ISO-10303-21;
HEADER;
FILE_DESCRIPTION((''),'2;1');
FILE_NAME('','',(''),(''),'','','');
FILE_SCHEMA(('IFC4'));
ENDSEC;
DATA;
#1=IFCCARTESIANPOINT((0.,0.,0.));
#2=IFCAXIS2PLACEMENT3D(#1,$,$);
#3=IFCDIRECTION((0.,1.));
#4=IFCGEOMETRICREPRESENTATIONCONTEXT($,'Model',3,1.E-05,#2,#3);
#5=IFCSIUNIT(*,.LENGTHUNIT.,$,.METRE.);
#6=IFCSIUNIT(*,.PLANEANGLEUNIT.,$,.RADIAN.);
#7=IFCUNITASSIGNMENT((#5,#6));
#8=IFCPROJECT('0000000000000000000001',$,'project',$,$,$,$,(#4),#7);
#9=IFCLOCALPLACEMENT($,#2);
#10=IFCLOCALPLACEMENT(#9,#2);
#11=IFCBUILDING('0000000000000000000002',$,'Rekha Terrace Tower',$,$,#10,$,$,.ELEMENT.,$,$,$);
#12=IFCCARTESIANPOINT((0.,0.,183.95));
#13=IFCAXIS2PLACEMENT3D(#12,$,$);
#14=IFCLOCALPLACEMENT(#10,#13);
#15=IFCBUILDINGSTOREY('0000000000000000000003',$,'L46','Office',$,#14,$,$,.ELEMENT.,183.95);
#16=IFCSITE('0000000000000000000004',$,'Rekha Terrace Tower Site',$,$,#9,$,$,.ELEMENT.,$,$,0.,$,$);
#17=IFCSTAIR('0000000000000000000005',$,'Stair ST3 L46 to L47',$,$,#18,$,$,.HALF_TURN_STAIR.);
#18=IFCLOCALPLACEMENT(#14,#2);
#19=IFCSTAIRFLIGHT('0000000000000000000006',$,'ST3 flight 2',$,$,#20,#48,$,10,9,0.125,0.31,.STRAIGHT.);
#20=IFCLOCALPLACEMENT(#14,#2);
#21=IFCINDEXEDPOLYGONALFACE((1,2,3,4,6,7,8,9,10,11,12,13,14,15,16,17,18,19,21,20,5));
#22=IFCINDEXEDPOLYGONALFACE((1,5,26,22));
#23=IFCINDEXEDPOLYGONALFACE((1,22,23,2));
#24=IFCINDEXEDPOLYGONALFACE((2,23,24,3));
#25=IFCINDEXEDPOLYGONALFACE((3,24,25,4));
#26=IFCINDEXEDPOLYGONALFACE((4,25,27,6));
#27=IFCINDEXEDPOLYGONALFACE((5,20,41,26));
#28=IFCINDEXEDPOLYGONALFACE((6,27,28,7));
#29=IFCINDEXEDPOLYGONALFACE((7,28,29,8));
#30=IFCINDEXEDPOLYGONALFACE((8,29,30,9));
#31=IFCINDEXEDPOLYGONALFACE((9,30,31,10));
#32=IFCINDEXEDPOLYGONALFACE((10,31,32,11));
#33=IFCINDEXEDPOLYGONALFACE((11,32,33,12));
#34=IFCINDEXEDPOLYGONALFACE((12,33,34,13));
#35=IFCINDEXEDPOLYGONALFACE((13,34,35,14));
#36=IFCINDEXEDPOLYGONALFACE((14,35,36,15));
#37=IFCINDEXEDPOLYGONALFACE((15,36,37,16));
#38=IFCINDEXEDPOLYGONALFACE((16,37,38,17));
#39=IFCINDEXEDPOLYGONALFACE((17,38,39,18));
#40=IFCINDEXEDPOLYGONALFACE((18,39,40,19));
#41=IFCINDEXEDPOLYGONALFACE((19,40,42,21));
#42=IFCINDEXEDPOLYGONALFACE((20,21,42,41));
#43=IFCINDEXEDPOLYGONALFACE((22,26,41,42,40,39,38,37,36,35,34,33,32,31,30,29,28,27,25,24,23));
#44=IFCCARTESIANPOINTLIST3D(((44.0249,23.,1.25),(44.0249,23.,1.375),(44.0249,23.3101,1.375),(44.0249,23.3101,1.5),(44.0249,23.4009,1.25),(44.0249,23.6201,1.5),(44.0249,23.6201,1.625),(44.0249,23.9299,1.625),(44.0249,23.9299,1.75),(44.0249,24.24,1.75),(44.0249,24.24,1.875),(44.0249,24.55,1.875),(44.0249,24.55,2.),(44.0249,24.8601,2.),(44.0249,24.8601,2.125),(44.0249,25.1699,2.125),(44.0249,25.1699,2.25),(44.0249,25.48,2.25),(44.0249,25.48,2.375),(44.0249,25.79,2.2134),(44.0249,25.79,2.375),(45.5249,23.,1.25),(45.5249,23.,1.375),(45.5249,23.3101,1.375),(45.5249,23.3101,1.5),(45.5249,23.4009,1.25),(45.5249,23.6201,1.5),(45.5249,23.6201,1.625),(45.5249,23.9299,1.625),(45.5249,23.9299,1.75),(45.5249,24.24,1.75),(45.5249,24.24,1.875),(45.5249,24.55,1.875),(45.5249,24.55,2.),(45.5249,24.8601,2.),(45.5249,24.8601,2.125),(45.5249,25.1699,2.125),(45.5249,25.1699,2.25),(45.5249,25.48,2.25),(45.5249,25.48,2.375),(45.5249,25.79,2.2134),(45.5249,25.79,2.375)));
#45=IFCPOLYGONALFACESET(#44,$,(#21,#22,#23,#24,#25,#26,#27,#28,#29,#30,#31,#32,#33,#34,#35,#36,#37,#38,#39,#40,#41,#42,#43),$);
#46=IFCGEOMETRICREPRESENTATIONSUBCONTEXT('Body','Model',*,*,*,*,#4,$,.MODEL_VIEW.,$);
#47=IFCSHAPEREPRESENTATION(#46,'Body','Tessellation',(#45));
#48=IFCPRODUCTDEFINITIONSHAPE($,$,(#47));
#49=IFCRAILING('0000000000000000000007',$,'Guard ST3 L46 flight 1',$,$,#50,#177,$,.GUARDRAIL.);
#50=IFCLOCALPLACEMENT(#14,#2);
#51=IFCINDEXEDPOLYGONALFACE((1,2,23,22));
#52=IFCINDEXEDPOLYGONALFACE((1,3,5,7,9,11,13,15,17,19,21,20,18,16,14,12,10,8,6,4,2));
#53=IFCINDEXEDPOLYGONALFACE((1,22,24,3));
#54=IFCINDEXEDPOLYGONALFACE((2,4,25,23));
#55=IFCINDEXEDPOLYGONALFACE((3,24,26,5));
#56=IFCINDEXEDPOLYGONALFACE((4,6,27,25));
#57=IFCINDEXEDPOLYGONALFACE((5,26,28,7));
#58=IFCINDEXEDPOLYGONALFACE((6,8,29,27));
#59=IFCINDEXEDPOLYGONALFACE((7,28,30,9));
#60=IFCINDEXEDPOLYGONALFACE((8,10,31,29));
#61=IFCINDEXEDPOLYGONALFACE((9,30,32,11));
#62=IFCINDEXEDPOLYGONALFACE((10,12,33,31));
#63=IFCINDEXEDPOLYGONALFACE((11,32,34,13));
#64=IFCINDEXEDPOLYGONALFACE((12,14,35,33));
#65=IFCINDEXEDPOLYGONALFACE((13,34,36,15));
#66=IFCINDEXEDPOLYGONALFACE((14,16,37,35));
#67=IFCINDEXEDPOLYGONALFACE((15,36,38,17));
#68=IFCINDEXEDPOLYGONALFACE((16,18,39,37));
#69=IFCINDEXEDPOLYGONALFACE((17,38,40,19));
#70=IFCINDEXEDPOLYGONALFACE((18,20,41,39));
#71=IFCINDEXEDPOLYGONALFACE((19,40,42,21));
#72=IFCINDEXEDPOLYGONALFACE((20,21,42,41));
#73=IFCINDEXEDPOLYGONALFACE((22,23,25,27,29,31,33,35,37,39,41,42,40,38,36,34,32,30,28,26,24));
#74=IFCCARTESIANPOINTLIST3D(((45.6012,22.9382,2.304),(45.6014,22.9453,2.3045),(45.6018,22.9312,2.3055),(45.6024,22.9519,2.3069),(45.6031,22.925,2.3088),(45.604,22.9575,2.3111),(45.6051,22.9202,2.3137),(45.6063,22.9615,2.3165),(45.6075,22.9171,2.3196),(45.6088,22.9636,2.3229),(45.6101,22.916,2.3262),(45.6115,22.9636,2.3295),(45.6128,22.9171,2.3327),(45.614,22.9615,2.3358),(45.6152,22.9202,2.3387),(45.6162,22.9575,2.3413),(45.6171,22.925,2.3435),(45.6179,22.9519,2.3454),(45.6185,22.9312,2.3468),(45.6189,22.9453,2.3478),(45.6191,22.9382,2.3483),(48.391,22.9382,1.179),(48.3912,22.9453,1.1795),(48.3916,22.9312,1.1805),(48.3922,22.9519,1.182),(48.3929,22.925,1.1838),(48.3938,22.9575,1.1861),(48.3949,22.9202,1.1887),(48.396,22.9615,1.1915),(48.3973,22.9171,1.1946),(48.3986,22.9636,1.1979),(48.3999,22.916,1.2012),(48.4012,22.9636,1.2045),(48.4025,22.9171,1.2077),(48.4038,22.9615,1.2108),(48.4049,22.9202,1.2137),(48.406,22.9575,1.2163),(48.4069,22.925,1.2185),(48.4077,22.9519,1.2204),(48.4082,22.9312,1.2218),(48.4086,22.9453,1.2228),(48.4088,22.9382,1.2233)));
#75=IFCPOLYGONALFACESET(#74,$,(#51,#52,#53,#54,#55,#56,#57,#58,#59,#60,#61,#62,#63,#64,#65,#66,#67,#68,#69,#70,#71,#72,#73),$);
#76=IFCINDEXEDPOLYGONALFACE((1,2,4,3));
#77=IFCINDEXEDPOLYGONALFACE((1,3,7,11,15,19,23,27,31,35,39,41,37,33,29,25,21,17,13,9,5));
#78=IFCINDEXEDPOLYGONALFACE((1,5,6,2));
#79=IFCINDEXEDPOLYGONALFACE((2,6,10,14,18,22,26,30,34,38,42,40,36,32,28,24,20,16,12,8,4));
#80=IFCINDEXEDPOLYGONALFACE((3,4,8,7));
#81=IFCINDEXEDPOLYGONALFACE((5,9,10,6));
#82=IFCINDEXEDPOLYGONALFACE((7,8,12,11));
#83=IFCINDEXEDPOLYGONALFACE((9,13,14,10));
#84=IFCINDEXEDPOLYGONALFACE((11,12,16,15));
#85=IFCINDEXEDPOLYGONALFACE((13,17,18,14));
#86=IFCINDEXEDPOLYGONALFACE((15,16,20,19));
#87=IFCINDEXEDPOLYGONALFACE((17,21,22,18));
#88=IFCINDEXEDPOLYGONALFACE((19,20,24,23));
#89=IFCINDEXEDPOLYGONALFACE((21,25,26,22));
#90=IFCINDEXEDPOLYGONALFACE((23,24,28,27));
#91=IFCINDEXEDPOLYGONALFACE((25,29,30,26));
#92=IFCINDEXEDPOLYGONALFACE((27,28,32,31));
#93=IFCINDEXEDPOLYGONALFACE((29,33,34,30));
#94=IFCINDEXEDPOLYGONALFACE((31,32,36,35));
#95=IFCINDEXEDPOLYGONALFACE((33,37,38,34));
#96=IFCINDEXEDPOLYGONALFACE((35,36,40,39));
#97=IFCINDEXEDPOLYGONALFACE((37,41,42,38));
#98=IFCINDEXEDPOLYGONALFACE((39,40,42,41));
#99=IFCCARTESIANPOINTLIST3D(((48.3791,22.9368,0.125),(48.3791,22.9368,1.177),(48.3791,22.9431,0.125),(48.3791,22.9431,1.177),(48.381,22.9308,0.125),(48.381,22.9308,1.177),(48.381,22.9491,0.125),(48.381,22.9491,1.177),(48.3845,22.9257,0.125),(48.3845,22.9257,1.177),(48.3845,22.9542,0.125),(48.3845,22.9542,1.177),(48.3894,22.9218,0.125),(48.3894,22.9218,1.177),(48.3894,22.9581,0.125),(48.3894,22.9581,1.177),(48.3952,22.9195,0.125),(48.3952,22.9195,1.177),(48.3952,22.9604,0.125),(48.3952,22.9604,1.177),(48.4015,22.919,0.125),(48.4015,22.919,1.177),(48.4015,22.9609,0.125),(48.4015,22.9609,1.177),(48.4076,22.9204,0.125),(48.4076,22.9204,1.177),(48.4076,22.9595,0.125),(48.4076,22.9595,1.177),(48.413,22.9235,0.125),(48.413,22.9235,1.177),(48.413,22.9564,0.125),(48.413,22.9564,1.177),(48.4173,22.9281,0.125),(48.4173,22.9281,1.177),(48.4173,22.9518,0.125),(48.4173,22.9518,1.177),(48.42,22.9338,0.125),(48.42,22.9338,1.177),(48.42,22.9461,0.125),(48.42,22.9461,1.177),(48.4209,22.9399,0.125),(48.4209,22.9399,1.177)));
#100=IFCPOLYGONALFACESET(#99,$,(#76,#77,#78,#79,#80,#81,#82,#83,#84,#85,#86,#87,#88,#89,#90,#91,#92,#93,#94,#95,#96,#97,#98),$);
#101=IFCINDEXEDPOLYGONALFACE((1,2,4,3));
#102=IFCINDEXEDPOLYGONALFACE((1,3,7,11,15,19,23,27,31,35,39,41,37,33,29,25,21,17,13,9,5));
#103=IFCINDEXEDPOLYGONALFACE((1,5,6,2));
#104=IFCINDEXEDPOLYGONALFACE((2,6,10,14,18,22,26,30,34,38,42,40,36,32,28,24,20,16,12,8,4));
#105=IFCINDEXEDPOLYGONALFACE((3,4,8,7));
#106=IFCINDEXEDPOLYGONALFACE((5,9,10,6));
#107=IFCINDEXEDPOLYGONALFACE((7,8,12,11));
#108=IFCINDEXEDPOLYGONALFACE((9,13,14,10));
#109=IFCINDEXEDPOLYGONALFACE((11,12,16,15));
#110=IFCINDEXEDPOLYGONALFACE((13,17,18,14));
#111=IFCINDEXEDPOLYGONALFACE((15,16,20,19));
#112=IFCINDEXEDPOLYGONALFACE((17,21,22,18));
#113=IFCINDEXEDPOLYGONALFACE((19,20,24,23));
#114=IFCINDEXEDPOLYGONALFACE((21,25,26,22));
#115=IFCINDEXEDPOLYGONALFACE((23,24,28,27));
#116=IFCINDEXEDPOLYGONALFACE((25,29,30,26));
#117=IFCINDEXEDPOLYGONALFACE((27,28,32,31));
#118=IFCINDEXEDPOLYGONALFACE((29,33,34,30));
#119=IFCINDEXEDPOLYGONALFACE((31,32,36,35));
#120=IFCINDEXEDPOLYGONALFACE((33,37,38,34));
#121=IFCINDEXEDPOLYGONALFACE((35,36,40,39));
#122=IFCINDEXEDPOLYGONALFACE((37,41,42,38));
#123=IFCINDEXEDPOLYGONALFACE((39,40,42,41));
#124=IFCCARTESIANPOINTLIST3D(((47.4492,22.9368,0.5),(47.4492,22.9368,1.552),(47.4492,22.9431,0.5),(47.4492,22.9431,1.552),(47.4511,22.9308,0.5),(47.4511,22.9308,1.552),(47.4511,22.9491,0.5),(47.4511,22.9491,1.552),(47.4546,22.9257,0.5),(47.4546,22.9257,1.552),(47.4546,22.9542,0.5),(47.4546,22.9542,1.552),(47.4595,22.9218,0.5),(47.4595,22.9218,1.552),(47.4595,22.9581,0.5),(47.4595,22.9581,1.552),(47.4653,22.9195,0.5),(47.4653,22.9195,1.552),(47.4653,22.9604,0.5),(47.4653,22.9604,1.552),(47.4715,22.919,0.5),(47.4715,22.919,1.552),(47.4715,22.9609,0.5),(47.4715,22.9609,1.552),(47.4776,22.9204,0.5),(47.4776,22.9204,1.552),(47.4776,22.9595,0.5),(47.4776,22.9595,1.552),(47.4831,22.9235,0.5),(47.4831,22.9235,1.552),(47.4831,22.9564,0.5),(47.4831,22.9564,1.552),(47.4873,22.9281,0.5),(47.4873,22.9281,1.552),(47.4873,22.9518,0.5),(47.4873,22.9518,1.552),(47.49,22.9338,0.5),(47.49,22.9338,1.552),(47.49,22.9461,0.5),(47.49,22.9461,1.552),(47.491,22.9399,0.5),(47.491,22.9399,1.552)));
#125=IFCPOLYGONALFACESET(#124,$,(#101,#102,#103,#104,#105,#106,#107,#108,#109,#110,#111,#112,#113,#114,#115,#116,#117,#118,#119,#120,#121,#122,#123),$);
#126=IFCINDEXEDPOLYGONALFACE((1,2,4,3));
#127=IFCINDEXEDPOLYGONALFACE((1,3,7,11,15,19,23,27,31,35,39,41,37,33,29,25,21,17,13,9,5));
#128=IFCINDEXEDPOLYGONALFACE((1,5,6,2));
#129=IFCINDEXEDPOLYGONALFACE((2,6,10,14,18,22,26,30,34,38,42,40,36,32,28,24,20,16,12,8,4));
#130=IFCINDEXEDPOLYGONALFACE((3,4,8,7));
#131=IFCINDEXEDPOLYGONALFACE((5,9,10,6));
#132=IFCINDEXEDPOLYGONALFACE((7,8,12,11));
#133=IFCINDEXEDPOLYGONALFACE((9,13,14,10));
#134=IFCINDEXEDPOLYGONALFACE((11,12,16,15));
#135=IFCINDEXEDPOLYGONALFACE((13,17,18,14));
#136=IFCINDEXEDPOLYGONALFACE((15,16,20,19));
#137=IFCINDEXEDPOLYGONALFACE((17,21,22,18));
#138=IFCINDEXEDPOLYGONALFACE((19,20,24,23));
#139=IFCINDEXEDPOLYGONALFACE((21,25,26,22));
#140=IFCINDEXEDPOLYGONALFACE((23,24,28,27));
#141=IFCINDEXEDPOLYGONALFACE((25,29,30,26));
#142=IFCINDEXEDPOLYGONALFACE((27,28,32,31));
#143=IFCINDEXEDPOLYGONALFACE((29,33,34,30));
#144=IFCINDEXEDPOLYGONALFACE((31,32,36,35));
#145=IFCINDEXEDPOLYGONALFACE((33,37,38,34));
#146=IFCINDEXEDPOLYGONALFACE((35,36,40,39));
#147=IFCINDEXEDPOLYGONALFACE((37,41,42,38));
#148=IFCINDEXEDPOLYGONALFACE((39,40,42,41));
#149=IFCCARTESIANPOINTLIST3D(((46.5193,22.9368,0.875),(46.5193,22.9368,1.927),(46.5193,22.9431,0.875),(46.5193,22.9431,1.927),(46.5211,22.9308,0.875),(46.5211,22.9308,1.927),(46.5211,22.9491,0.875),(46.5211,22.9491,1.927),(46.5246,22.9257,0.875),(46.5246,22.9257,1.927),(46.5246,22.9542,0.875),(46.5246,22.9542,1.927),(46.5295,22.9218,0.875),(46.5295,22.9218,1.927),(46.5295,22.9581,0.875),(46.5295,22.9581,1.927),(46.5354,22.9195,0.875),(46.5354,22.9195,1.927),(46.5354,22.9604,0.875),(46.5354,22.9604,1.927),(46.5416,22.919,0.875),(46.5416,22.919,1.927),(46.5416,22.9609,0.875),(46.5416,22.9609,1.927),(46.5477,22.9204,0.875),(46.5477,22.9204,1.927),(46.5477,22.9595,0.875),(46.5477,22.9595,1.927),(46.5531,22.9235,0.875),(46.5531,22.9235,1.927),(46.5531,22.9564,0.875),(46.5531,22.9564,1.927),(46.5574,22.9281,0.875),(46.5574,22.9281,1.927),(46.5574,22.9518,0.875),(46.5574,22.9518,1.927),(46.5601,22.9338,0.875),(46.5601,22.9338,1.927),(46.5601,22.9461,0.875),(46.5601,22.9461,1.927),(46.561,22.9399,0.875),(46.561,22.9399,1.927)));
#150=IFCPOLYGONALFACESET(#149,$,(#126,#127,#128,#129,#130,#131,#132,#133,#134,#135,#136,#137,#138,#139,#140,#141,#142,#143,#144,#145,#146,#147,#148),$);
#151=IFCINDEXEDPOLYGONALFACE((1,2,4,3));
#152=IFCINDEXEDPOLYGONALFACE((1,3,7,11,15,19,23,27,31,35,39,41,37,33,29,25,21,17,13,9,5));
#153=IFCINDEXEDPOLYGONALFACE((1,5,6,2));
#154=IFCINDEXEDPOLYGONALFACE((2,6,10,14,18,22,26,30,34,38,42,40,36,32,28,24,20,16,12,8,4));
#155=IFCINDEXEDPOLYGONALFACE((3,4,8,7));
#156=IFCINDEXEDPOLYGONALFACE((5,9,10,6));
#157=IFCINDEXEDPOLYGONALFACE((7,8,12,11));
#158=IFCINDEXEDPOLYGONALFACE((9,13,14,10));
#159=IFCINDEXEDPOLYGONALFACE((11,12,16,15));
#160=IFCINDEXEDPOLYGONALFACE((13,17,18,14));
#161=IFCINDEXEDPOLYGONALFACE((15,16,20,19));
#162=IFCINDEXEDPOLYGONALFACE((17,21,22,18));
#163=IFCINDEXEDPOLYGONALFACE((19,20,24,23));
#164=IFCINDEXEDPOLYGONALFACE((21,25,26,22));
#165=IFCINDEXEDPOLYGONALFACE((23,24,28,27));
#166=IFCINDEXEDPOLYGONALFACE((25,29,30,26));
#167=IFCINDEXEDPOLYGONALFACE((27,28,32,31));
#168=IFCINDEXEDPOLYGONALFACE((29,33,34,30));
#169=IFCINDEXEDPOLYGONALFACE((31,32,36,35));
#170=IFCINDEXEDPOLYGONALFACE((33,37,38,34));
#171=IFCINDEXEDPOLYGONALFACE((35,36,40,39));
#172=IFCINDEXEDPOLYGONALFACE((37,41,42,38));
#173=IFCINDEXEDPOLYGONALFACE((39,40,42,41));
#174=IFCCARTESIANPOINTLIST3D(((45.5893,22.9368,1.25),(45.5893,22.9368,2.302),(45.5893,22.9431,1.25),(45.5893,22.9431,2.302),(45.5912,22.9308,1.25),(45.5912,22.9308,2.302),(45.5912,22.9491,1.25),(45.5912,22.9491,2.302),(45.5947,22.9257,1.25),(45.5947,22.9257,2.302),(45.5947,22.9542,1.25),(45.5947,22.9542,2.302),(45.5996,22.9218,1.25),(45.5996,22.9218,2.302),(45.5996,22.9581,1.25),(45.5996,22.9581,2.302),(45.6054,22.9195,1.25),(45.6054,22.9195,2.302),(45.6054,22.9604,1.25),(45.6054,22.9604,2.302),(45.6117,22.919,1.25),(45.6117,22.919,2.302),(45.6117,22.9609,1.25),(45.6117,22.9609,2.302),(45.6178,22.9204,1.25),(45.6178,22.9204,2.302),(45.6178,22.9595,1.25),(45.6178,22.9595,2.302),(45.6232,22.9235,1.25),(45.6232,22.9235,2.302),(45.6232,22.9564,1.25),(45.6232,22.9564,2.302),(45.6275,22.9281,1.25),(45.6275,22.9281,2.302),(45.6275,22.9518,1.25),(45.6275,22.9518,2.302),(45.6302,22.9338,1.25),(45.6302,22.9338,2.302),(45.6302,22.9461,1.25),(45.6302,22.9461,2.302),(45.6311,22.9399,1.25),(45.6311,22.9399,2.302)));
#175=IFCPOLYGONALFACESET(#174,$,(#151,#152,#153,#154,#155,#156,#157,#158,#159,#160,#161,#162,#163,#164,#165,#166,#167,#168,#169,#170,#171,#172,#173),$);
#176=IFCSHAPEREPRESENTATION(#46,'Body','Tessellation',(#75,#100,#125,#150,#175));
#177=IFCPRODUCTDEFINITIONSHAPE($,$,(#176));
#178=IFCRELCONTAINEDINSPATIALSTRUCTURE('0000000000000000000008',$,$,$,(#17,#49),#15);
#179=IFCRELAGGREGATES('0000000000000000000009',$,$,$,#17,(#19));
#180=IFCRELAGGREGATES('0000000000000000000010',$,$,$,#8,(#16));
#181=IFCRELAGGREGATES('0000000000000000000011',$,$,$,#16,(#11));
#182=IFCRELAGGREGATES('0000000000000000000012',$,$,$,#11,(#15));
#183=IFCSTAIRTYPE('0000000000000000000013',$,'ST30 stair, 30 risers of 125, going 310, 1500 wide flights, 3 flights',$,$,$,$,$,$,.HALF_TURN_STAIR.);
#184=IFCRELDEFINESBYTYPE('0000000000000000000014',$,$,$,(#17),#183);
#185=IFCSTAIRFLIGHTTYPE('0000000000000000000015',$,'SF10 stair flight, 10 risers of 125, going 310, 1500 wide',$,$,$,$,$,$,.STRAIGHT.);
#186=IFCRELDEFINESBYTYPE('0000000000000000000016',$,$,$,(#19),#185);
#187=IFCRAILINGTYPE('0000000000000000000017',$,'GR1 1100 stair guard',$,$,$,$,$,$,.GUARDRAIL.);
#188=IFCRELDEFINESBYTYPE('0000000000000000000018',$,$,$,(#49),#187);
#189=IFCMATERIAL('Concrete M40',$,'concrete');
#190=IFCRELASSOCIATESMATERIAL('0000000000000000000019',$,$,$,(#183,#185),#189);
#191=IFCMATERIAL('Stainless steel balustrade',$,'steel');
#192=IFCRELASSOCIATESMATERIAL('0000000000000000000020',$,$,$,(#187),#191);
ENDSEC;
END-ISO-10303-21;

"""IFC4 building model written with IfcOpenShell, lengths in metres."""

from ifc_helpers import new_model, si_unit, direction, frame, origin, origin_2d, place, context, subcontext, project, spatial, polyline, circle, outline, extrude, material, type_object, element, aggregate, save


model = new_model("IFC4")

# Units and contexts
model_context = context("Model", 3, precision=1e-05, world=origin(), true_north=direction((0.0, 1.0)))
body_context = subcontext(model_context, "Body", "Model", "MODEL_VIEW")
ifc_project = project(units=[si_unit("LENGTHUNIT", "METRE"), si_unit("PLANEANGLEUNIT", "RADIAN")], contexts=[model_context])

# Site, building, storey
site_placement = place(None, origin())
site = spatial("IfcSite", under=ifc_project, at=site_placement, Name="Rekha Terrace Tower Site", CompositionType="ELEMENT", RefElevation=0.0)
building_placement = place(site_placement, origin())
building = spatial("IfcBuilding", under=site, at=building_placement, Name="Rekha Terrace Tower", CompositionType="ELEMENT")
storey_placement = place(building_placement, frame((0.0, 0.0, 183.95)))
storey = spatial("IfcBuildingStorey", under=building, at=storey_placement, Name="L46", Description="Office", CompositionType="ELEMENT", Elevation=183.95)

# Stair, stair flight
ifc_material_1 = material(Name="Concrete M40", Category="concrete")
stair_type = type_object("IfcStairType", Name="ST30 stair, 30 risers of 125, going 310, 1500 wide flights, 3 flights", PredefinedType="HALF_TURN_STAIR", material=ifc_material_1)
stair_placement = place(storey_placement, origin())
stair = element("IfcStair", 1, at=stair_placement, inside=storey, type_object=stair_type, Name="Stair ST3 L46 to L47", PredefinedType="HALF_TURN_STAIR")
stair_flight_type = type_object("IfcStairFlightType", Name="SF10 stair flight, 10 risers of 125, going 310, 1500 wide", PredefinedType="STRAIGHT", material=ifc_material_1)
stair_flight_1_placement = place(storey_placement, frame((44.7749, 23.0, 1.25), z_axis=(0.0, 0.0, 1.0), x_axis=(0.0, 1.0, 0.0)))
stair_flight_1 = element("IfcStairFlight", 2, at=stair_flight_1_placement, type_object=stair_flight_type, Name="ST3 flight 2", NumberOfRisers=10, NumberOfTreads=9, PredefinedType="STRAIGHT", RiserHeight=0.125, TreadLength=0.31, context=body_context, shape_type="SweptSolid", body=[
    extrude(outline(polyline([(0.0, 0.0), (0.0, 0.125), (0.3101, 0.125), (0.3101, 0.25), (0.6201, 0.25), (0.6201, 0.375), (0.9299, 0.375), (0.9299, 0.5), (1.24, 0.5), (1.24, 0.625), (1.55, 0.625), (1.55, 0.75), (1.8601, 0.75), (1.8601, 0.875), (2.1699, 0.875), (2.1699, 1.0), (2.48, 1.0), (2.48, 1.125), (2.79, 1.125), (2.79, 1.25), (2.79, 0.9634), (0.4009, 0.0), (0.0, 0.0)])), frame((0.0, 0.75, 0.0), z_axis=(0.0, -1.0, 0.0), x_axis=(1.0, 0.0, 0.0)), (0.0, 0.0, 1.0), 1.5),
])
aggregate(stair, [stair_flight_1])

# Railing
ifc_material_2 = material(Name="Stainless steel balustrade", Category="steel")
railing_type_1 = type_object("IfcRailingType", Name="GR1 1100 stair guard", PredefinedType="GUARDRAIL", material=ifc_material_2)
railing_1_placement = place(storey_placement, frame((48.3999, 22.9399, 0.125)))
element("IfcRailing", 3, at=railing_1_placement, inside=storey, type_object=railing_type_1, Name="Guard ST3 L46 flight 1", PredefinedType="GUARDRAIL", context=body_context, shape_type="SweptSolid", body=[
    extrude(circle(Radius=0.0239, at=origin_2d()), frame((0.0, 0.0, 1.0762), z_axis=(-0.927432, 0.0, 0.373992), x_axis=(0.0, -1.0, 0.0)), (0.0, 0.0, 1.0), 3.0081),
    extrude(circle(Radius=0.021, at=origin_2d()), origin(), (0.0, 0.0, 1.0), 1.052),
    extrude(circle(Radius=0.021, at=origin_2d()), frame((-0.9299, 0.0, 0.375)), (0.0, 0.0, 1.0), 1.052),
    extrude(circle(Radius=0.021, at=origin_2d()), frame((-1.8599, 0.0, 0.75)), (0.0, 0.0, 1.0), 1.052),
    extrude(circle(Radius=0.021, at=origin_2d()), frame((-2.7898, 0.0, 1.125)), (0.0, 0.0, 1.0), 1.052),
])

save(model, "model.ifc")
